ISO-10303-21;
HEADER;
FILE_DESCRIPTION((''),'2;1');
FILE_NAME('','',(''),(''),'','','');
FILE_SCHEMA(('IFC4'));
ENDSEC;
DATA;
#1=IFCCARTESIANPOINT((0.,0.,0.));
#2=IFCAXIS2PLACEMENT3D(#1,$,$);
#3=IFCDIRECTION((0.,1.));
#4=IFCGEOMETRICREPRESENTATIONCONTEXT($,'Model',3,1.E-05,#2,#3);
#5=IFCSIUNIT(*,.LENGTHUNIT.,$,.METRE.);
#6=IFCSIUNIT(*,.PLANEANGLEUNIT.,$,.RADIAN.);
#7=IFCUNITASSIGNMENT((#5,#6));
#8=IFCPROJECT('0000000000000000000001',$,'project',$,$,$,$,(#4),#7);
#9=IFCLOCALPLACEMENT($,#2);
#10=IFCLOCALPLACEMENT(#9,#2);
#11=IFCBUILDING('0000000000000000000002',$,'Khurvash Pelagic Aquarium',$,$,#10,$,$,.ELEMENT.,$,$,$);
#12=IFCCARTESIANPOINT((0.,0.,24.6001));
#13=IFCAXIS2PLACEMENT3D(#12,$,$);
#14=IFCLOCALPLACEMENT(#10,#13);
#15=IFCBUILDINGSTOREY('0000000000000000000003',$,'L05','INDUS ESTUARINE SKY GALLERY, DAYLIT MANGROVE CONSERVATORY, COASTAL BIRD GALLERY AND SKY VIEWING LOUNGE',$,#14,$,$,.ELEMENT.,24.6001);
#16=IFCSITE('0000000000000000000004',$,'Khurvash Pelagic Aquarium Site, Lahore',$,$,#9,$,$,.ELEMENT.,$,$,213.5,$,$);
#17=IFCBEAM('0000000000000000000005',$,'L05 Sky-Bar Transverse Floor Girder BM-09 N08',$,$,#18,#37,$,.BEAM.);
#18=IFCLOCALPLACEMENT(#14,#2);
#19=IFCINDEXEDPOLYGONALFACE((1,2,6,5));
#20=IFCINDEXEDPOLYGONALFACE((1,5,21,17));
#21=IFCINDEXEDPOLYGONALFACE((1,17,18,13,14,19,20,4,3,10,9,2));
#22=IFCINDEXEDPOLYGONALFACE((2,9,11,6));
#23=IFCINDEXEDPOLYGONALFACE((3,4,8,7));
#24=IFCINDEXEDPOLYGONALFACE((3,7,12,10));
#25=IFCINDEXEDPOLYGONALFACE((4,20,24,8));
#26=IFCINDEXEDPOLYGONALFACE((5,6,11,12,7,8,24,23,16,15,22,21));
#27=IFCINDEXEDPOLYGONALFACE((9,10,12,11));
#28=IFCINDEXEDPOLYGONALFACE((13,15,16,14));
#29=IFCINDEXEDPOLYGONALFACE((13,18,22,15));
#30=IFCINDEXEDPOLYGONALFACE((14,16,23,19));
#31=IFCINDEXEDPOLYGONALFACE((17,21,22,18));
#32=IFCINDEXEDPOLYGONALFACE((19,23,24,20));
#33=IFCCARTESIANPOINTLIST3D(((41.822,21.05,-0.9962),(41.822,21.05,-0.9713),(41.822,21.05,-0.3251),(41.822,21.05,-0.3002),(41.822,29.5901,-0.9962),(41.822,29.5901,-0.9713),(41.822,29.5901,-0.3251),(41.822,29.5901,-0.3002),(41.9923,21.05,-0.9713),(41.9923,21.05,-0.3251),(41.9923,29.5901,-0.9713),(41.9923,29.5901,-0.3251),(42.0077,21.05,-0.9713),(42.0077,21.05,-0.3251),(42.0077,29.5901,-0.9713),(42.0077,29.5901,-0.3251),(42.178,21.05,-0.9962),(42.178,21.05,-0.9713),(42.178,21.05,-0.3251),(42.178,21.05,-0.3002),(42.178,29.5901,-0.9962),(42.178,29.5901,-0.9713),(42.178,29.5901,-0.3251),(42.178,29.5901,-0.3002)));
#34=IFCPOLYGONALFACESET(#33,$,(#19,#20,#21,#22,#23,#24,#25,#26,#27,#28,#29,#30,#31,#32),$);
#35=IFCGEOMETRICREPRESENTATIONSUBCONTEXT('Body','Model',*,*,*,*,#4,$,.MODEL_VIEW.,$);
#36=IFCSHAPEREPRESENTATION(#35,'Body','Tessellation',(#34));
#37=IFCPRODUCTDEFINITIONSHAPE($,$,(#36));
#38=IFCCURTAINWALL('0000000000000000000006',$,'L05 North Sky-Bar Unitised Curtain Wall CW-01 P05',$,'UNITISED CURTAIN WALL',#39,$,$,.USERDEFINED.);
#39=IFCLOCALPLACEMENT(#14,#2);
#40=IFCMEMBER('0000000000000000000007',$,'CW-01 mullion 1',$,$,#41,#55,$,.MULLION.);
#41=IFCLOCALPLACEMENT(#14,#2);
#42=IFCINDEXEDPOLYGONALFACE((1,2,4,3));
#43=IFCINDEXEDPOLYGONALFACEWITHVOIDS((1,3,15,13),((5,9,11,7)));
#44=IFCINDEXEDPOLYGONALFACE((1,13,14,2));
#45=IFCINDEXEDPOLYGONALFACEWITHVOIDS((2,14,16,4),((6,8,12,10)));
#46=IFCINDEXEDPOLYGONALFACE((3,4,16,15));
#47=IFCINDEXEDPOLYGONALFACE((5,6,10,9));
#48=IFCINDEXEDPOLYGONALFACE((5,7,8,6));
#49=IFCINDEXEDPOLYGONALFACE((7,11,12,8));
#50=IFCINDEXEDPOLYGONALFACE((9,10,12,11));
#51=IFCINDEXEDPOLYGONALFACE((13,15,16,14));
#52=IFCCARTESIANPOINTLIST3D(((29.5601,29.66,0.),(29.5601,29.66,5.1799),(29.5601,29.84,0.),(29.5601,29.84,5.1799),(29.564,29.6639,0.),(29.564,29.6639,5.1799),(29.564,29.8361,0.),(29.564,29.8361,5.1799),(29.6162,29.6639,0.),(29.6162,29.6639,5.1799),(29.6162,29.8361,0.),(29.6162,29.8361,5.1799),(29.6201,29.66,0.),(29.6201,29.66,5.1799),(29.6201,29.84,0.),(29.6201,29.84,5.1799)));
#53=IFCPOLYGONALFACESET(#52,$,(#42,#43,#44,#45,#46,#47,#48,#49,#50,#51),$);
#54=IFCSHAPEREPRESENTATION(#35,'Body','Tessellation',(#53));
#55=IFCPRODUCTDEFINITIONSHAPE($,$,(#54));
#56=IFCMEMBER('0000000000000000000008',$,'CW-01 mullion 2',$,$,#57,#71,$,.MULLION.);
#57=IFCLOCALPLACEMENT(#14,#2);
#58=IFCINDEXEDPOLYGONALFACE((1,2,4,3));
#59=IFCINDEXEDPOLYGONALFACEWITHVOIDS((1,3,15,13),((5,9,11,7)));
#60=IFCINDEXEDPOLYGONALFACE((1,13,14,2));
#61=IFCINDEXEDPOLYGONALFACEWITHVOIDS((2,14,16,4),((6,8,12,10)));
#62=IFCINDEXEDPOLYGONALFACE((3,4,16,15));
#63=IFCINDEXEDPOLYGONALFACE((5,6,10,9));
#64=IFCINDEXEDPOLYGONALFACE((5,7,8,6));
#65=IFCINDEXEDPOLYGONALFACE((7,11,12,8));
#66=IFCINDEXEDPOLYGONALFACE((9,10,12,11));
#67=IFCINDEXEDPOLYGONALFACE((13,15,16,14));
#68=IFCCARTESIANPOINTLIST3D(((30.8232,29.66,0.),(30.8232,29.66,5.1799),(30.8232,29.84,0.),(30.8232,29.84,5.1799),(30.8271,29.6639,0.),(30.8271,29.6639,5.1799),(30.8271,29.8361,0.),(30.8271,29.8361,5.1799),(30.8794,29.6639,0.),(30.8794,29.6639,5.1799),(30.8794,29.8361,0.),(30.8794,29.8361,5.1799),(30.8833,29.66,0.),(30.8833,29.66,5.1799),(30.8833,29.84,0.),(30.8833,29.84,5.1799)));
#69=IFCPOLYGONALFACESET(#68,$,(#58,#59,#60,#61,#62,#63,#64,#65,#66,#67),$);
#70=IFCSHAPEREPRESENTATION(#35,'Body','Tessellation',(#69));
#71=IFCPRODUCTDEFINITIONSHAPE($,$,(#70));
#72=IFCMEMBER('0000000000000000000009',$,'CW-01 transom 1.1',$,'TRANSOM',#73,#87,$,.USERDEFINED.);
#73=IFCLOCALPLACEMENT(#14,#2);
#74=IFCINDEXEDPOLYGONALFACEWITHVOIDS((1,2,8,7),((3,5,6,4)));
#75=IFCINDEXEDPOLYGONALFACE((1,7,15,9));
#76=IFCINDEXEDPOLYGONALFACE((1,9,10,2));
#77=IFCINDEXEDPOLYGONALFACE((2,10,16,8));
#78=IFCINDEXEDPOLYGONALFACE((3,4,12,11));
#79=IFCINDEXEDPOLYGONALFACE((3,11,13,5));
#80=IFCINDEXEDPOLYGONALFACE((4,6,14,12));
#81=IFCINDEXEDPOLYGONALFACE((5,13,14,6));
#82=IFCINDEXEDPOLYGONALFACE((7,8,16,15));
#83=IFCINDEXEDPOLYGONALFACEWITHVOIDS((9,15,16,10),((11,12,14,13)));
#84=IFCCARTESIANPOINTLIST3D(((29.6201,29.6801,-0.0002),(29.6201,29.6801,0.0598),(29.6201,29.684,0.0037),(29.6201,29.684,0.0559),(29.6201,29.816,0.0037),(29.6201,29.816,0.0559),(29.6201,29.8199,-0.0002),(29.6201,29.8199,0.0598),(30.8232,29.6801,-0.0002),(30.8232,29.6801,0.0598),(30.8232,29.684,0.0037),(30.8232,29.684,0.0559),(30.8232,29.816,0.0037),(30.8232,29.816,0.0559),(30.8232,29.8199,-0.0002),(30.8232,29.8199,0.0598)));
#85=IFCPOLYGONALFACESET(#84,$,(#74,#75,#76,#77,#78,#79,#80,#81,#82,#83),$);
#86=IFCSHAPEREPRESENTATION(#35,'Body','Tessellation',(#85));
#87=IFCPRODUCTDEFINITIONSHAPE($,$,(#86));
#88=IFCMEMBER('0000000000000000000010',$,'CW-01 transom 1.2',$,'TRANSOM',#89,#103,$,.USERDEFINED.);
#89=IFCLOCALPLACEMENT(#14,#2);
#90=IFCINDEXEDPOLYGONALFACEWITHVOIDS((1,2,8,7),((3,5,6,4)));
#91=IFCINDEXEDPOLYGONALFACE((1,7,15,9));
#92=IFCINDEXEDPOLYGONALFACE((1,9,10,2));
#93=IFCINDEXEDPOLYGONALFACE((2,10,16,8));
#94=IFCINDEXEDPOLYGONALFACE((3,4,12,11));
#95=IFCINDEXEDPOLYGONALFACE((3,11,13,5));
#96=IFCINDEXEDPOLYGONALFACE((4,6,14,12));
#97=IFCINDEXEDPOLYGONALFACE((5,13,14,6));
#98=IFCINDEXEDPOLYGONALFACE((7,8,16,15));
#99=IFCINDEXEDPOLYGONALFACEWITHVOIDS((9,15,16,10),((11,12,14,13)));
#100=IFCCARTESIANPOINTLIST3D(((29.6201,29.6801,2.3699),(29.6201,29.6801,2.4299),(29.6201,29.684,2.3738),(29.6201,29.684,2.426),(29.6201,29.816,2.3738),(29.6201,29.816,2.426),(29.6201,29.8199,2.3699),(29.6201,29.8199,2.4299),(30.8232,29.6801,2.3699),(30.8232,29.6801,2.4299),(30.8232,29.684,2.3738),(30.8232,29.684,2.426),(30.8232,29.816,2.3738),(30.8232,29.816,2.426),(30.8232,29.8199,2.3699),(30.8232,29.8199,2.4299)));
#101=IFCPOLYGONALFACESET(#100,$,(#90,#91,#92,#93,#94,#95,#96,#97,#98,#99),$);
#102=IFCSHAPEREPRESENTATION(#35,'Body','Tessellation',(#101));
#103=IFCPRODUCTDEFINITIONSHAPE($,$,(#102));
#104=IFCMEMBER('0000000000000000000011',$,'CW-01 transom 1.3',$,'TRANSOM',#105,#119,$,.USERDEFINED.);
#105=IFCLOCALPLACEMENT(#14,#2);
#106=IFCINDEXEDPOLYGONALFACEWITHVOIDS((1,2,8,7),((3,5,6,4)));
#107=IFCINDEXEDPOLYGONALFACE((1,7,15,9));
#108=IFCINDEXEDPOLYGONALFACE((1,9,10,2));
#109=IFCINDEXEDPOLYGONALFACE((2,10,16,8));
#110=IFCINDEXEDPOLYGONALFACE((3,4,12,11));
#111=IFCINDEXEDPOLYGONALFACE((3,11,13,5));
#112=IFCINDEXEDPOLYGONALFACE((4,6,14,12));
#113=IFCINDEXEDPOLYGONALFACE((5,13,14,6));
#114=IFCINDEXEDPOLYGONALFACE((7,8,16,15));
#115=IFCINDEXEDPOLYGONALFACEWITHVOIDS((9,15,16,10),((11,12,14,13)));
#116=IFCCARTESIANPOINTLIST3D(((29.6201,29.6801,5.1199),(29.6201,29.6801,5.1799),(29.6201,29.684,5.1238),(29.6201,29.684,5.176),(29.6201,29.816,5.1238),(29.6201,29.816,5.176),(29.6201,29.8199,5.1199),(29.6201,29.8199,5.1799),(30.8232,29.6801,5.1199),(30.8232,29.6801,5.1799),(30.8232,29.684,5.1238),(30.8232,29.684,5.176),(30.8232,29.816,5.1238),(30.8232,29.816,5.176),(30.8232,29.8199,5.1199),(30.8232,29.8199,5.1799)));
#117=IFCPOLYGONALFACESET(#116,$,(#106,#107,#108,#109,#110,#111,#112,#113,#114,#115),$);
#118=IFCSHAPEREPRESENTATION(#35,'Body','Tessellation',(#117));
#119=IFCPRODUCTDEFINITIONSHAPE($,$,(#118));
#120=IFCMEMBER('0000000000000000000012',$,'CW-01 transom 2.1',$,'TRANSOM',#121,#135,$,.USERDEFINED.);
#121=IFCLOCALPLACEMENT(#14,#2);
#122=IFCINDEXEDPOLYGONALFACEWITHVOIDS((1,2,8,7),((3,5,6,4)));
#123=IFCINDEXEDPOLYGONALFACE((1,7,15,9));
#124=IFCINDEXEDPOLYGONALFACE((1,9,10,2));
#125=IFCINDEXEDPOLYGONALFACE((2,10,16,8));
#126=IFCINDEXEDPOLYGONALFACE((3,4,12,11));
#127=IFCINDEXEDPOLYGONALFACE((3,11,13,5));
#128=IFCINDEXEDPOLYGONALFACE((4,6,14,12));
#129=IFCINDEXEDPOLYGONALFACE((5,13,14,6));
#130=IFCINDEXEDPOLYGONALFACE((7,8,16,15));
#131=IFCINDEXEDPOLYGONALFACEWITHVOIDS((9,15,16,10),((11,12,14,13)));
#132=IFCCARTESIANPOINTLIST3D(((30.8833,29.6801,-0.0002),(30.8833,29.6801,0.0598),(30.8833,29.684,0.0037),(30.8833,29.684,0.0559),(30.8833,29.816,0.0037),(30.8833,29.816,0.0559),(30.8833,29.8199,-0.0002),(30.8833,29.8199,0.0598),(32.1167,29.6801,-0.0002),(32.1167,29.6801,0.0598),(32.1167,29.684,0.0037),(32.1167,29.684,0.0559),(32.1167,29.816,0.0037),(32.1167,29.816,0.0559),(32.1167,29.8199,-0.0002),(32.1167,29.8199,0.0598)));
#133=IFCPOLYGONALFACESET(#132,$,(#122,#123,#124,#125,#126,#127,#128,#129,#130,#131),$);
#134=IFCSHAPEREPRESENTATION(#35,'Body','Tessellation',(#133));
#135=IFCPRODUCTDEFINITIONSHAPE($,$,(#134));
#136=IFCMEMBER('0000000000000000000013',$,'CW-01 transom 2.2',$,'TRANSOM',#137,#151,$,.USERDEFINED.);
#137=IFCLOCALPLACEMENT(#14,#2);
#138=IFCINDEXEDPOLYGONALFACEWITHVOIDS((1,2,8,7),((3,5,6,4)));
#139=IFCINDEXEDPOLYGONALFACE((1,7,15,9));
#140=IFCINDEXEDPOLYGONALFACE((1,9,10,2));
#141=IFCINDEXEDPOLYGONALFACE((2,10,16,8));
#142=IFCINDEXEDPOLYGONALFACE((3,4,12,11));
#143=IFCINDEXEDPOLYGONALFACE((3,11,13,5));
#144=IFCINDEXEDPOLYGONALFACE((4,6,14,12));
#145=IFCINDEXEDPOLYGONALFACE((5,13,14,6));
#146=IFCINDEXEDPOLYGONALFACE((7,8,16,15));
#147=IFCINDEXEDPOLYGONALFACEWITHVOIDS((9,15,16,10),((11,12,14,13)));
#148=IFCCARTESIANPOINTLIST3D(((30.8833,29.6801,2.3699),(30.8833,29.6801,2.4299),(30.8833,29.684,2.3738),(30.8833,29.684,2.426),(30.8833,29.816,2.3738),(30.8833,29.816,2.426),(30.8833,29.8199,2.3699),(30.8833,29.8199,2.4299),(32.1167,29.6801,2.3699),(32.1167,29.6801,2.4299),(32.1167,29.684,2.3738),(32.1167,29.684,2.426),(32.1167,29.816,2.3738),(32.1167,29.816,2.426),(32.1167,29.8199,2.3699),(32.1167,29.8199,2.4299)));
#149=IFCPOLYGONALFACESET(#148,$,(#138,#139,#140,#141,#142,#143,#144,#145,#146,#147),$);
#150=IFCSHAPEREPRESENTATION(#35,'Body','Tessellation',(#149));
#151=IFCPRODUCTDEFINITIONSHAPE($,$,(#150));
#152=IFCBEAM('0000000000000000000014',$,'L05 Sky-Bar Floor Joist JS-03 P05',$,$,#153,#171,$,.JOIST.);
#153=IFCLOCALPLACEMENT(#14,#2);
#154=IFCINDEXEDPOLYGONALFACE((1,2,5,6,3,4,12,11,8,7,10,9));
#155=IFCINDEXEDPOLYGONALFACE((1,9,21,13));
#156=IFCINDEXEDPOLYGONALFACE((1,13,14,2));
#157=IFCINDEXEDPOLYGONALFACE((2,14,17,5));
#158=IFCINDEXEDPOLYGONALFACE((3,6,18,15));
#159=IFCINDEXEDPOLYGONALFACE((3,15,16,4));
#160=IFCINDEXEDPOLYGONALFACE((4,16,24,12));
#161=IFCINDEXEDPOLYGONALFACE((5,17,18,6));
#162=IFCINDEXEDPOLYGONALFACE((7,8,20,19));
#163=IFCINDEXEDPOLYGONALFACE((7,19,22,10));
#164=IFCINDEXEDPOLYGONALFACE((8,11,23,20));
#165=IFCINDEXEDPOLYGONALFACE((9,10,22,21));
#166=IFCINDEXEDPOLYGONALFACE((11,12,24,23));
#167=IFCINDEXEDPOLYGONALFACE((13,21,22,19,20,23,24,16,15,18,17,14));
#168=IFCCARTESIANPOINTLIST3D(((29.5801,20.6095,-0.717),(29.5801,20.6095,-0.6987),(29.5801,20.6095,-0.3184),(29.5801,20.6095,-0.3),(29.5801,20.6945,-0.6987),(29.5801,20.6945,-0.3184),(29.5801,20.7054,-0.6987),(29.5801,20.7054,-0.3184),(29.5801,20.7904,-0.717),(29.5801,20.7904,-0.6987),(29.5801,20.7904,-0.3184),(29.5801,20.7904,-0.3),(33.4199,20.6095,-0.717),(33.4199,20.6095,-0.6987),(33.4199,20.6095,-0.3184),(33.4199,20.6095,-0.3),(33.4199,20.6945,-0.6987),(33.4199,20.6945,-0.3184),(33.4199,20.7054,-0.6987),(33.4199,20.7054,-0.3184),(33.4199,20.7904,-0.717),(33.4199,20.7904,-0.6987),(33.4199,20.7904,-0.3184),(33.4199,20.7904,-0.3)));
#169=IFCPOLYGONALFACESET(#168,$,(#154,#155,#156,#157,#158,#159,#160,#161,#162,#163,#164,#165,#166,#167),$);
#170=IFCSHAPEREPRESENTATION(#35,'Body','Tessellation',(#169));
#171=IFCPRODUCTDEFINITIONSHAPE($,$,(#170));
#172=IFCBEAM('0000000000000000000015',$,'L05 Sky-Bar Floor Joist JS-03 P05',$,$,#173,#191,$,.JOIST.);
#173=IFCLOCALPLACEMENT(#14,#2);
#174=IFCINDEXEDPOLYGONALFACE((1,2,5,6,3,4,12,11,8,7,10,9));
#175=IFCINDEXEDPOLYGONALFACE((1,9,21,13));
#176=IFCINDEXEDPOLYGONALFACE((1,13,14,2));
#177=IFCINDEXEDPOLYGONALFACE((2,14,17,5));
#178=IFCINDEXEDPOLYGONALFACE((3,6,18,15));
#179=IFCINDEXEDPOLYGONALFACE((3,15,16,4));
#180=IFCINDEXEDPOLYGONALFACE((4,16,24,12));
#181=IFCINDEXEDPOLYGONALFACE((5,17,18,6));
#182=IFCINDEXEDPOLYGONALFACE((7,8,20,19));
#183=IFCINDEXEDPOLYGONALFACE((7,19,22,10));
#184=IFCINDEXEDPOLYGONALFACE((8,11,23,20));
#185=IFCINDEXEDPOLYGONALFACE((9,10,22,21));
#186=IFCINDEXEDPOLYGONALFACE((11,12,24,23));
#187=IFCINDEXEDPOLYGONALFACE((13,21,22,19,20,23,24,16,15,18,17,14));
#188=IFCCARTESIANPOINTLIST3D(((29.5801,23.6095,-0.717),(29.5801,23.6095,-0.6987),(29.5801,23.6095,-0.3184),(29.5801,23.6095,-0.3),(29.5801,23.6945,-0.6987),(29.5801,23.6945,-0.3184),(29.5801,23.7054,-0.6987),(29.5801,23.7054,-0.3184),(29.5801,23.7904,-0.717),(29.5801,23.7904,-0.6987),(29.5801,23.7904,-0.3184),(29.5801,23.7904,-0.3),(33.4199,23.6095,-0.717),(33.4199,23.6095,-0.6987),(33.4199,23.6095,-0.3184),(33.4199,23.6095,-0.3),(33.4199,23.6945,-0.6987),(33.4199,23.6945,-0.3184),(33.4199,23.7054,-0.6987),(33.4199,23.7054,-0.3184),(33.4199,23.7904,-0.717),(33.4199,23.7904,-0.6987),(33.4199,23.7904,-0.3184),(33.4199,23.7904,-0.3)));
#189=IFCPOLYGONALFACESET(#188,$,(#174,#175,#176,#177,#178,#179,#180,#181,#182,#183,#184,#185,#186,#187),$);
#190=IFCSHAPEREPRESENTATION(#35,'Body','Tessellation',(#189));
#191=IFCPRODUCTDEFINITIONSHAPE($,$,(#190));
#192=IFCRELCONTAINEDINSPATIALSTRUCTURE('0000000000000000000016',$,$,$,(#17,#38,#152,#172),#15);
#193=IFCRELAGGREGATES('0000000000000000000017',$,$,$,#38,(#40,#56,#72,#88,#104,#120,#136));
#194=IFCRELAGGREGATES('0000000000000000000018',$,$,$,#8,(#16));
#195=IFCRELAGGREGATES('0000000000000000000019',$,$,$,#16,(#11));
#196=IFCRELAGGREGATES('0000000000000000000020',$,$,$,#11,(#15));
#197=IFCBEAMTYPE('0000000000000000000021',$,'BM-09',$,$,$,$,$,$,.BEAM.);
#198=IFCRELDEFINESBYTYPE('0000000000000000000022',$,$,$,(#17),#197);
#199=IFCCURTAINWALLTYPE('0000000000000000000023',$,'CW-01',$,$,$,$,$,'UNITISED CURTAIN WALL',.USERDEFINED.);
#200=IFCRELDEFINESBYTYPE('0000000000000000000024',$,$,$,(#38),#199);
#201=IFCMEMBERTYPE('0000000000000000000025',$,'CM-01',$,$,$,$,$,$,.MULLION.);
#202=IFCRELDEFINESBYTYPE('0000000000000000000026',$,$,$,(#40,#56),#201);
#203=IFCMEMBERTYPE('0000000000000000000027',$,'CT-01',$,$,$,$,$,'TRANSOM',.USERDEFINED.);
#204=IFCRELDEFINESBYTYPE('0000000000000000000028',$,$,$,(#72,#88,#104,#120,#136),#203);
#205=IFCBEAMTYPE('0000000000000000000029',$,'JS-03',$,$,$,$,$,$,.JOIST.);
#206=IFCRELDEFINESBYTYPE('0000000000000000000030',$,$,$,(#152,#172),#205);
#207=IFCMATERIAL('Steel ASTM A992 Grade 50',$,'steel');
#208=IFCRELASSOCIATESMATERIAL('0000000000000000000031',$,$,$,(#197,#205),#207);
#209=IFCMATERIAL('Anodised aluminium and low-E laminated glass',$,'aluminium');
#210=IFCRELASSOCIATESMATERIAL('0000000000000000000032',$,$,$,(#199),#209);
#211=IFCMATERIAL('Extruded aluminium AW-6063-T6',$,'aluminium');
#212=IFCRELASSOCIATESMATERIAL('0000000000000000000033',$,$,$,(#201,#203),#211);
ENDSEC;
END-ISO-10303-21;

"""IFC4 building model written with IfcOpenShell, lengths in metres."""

from ifc_helpers import new_model, si_unit, direction, frame, origin, origin_2d, place, context, subcontext, project, spatial, hollow_rectangle, i_section, extrude, material, material_profile, profile_set, type_object, element, aggregate, save


model = new_model("IFC4")

# Units and contexts
model_context = context("Model", 3, precision=1e-05, world=origin(), true_north=direction((0.0, 1.0)))
body_context = subcontext(model_context, "Body", "Model", "MODEL_VIEW")
ifc_project = project(units=[si_unit("LENGTHUNIT", "METRE"), si_unit("PLANEANGLEUNIT", "RADIAN")], contexts=[model_context])

# Site, building, storey
site_placement = place(None, origin())
site = spatial("IfcSite", under=ifc_project, at=site_placement, Name="Khurvash Pelagic Aquarium Site, Lahore", CompositionType="ELEMENT", RefElevation=213.5)
building_placement = place(site_placement, origin())
building = spatial("IfcBuilding", under=site, at=building_placement, Name="Khurvash Pelagic Aquarium", CompositionType="ELEMENT")
storey_placement = place(building_placement, frame((0.0, 0.0, 24.6001)))
storey = spatial("IfcBuildingStorey", under=building, at=storey_placement, Name="L05", Description="INDUS ESTUARINE SKY GALLERY, DAYLIT MANGROVE CONSERVATORY, COASTAL BIRD GALLERY AND SKY VIEWING LOUNGE", CompositionType="ELEMENT", Elevation=24.6001)

# Beam
ifc_material_1 = material(Name="Steel ASTM A992 Grade 50", Category="steel")
ifc_material_profile_1 = material_profile(ifc_material_1, i_section(OverallWidth=0.356, OverallDepth=0.696, WebThickness=0.0154, FlangeThickness=0.0249, at=origin_2d()), Name="W27X146")
ifc_profile_set_1 = profile_set([ifc_material_profile_1], Name="Steel ASTM A992 Grade 50")
beam_type_1 = type_object("IfcBeamType", Name="BM-09", PredefinedType="BEAM", material=ifc_profile_set_1)
beam_placement = place(storey_placement, frame((42.0, 21.05, -0.6482), z_axis=(0.0, 1.0, 0.0), x_axis=(-1.0, 0.0, 0.0)))
element("IfcBeam", 1, at=beam_placement, inside=storey, type_object=beam_type_1, Name="L05 Sky-Bar Transverse Floor Girder BM-09 N08", PredefinedType="BEAM", context=body_context, shape_type="SweptSolid", body=[
    extrude(i_section(OverallWidth=0.356, OverallDepth=0.696, WebThickness=0.0154, FlangeThickness=0.0249, at=origin_2d()), origin(), (0.0, 0.0, 1.0), 8.54),
])

# Curtain wall, members
ifc_material_2 = material(Name="Anodised aluminium and low-E laminated glass", Category="aluminium")
curtain_wall_type = type_object("IfcCurtainWallType", Name="CW-01", ElementType="UNITISED CURTAIN WALL", PredefinedType="USERDEFINED", material=ifc_material_2)
curtain_wall_placement = place(storey_placement, origin())
curtain_wall = element("IfcCurtainWall", 2, at=curtain_wall_placement, inside=storey, type_object=curtain_wall_type, Name="L05 North Sky-Bar Unitised Curtain Wall CW-01 P05", ObjectType="UNITISED CURTAIN WALL", PredefinedType="USERDEFINED")
ifc_material_3 = material(Name="Extruded aluminium AW-6063-T6", Category="aluminium")
ifc_material_profile_2 = material_profile(ifc_material_3, hollow_rectangle(XDim=0.0601, YDim=0.1799, WallThickness=0.0039, at=origin_2d()), Name="CWM60X180X4")
ifc_profile_set_2 = profile_set([ifc_material_profile_2], Name="Extruded aluminium AW-6063-T6")
member_type_1 = type_object("IfcMemberType", Name="CM-01", PredefinedType="MULLION", material=ifc_profile_set_2)
member_1_placement = place(storey_placement, frame((29.5901, 29.75, 0.0), z_axis=(0.0, 0.0, 1.0), x_axis=(1.0, 0.0, 0.0)))
member_1 = element("IfcMember", 3, at=member_1_placement, type_object=member_type_1, Name="CW-01 mullion 1", PredefinedType="MULLION", context=body_context, shape_type="SweptSolid", body=[
    extrude(hollow_rectangle(XDim=0.0601, YDim=0.1799, WallThickness=0.0039, at=origin_2d()), origin(), (0.0, 0.0, 1.0), 5.1799),
])
member_2_placement = place(storey_placement, frame((30.8533, 29.75, 0.0), z_axis=(0.0, 0.0, 1.0), x_axis=(1.0, 0.0, 0.0)))
member_2 = element("IfcMember", 4, at=member_2_placement, type_object=member_type_1, Name="CW-01 mullion 2", PredefinedType="MULLION", context=body_context, shape_type="SweptSolid", body=[
    extrude(hollow_rectangle(XDim=0.0601, YDim=0.1799, WallThickness=0.0039, at=origin_2d()), origin(), (0.0, 0.0, 1.0), 5.1799),
])
ifc_material_profile_3 = material_profile(ifc_material_3, hollow_rectangle(XDim=0.1399, YDim=0.0601, WallThickness=0.0039, at=origin_2d()), Name="CWT140X60X4")
ifc_profile_set_3 = profile_set([ifc_material_profile_3], Name="Extruded aluminium AW-6063-T6")
member_type_2 = type_object("IfcMemberType", Name="CT-01", ElementType="TRANSOM", PredefinedType="USERDEFINED", material=ifc_profile_set_3)
member_3_placement = place(storey_placement, frame((29.6201, 29.75, 0.0298), z_axis=(1.0, 0.0, 0.0), x_axis=(0.0, 1.0, 0.0)))
member_3 = element("IfcMember", 5, at=member_3_placement, type_object=member_type_2, Name="CW-01 transom 1.1", ObjectType="TRANSOM", PredefinedType="USERDEFINED", context=body_context, shape_type="SweptSolid", body=[
    extrude(hollow_rectangle(XDim=0.1399, YDim=0.0601, WallThickness=0.0039, at=origin_2d()), origin(), (0.0, 0.0, 1.0), 1.2031),
])
member_4_placement = place(storey_placement, frame((29.6201, 29.75, 2.3999), z_axis=(1.0, 0.0, 0.0), x_axis=(0.0, 1.0, 0.0)))
member_4 = element("IfcMember", 6, at=member_4_placement, type_object=member_type_2, Name="CW-01 transom 1.2", ObjectType="TRANSOM", PredefinedType="USERDEFINED", context=body_context, shape_type="SweptSolid", body=[
    extrude(hollow_rectangle(XDim=0.1399, YDim=0.0601, WallThickness=0.0039, at=origin_2d()), origin(), (0.0, 0.0, 1.0), 1.2031),
])
member_5_placement = place(storey_placement, frame((29.6201, 29.75, 5.1499), z_axis=(1.0, 0.0, 0.0), x_axis=(0.0, 1.0, 0.0)))
member_5 = element("IfcMember", 7, at=member_5_placement, type_object=member_type_2, Name="CW-01 transom 1.3", ObjectType="TRANSOM", PredefinedType="USERDEFINED", context=body_context, shape_type="SweptSolid", body=[
    extrude(hollow_rectangle(XDim=0.1399, YDim=0.0601, WallThickness=0.0039, at=origin_2d()), origin(), (0.0, 0.0, 1.0), 1.2031),
])
member_6_placement = place(storey_placement, frame((30.8833, 29.75, 0.0298), z_axis=(1.0, 0.0, 0.0), x_axis=(0.0, 1.0, 0.0)))
member_6 = element("IfcMember", 8, at=member_6_placement, type_object=member_type_2, Name="CW-01 transom 2.1", ObjectType="TRANSOM", PredefinedType="USERDEFINED", context=body_context, shape_type="SweptSolid", body=[
    extrude(hollow_rectangle(XDim=0.1399, YDim=0.0601, WallThickness=0.0039, at=origin_2d()), origin(), (0.0, 0.0, 1.0), 1.2334),
])
member_7_placement = place(storey_placement, frame((30.8833, 29.75, 2.3999), z_axis=(1.0, 0.0, 0.0), x_axis=(0.0, 1.0, 0.0)))
member_7 = element("IfcMember", 9, at=member_7_placement, type_object=member_type_2, Name="CW-01 transom 2.2", ObjectType="TRANSOM", PredefinedType="USERDEFINED", context=body_context, shape_type="SweptSolid", body=[
    extrude(hollow_rectangle(XDim=0.1399, YDim=0.0601, WallThickness=0.0039, at=origin_2d()), origin(), (0.0, 0.0, 1.0), 1.2334),
])

# Beams
ifc_material_profile_4 = material_profile(ifc_material_1, i_section(OverallWidth=0.1809, OverallDepth=0.417, WebThickness=0.011, FlangeThickness=0.0183, at=origin_2d()), Name="W16X57")
ifc_profile_set_4 = profile_set([ifc_material_profile_4], Name="Steel ASTM A992 Grade 50")
beam_type_2 = type_object("IfcBeamType", Name="JS-03", PredefinedType="JOIST", material=ifc_profile_set_4)
for number, where, z_axis, x_axis, name in (
    (10, (29.5801, 20.7, -0.5085), (1.0, 0.0, 0.0), (0.0, 1.0, 0.0), "L05 Sky-Bar Floor Joist JS-03 P05"),
    (11, (29.5801, 23.7, -0.5085), (1.0, 0.0, 0.0), (0.0, 1.0, 0.0), "L05 Sky-Bar Floor Joist JS-03 P05"),
):
    element("IfcBeam", number, at=place(storey_placement, frame(where, z_axis=z_axis, x_axis=x_axis)), inside=storey, type_object=beam_type_2, Name=name, PredefinedType="JOIST", context=body_context, shape_type="SweptSolid", body=[
        extrude(i_section(OverallWidth=0.1809, OverallDepth=0.417, WebThickness=0.011, FlangeThickness=0.0183, at=origin_2d()), origin(), (0.0, 0.0, 1.0), 3.8398),
    ])

aggregate(curtain_wall, [member_1, member_2, member_3, member_4, member_5, member_6, member_7])

save(model, "model.ifc")
